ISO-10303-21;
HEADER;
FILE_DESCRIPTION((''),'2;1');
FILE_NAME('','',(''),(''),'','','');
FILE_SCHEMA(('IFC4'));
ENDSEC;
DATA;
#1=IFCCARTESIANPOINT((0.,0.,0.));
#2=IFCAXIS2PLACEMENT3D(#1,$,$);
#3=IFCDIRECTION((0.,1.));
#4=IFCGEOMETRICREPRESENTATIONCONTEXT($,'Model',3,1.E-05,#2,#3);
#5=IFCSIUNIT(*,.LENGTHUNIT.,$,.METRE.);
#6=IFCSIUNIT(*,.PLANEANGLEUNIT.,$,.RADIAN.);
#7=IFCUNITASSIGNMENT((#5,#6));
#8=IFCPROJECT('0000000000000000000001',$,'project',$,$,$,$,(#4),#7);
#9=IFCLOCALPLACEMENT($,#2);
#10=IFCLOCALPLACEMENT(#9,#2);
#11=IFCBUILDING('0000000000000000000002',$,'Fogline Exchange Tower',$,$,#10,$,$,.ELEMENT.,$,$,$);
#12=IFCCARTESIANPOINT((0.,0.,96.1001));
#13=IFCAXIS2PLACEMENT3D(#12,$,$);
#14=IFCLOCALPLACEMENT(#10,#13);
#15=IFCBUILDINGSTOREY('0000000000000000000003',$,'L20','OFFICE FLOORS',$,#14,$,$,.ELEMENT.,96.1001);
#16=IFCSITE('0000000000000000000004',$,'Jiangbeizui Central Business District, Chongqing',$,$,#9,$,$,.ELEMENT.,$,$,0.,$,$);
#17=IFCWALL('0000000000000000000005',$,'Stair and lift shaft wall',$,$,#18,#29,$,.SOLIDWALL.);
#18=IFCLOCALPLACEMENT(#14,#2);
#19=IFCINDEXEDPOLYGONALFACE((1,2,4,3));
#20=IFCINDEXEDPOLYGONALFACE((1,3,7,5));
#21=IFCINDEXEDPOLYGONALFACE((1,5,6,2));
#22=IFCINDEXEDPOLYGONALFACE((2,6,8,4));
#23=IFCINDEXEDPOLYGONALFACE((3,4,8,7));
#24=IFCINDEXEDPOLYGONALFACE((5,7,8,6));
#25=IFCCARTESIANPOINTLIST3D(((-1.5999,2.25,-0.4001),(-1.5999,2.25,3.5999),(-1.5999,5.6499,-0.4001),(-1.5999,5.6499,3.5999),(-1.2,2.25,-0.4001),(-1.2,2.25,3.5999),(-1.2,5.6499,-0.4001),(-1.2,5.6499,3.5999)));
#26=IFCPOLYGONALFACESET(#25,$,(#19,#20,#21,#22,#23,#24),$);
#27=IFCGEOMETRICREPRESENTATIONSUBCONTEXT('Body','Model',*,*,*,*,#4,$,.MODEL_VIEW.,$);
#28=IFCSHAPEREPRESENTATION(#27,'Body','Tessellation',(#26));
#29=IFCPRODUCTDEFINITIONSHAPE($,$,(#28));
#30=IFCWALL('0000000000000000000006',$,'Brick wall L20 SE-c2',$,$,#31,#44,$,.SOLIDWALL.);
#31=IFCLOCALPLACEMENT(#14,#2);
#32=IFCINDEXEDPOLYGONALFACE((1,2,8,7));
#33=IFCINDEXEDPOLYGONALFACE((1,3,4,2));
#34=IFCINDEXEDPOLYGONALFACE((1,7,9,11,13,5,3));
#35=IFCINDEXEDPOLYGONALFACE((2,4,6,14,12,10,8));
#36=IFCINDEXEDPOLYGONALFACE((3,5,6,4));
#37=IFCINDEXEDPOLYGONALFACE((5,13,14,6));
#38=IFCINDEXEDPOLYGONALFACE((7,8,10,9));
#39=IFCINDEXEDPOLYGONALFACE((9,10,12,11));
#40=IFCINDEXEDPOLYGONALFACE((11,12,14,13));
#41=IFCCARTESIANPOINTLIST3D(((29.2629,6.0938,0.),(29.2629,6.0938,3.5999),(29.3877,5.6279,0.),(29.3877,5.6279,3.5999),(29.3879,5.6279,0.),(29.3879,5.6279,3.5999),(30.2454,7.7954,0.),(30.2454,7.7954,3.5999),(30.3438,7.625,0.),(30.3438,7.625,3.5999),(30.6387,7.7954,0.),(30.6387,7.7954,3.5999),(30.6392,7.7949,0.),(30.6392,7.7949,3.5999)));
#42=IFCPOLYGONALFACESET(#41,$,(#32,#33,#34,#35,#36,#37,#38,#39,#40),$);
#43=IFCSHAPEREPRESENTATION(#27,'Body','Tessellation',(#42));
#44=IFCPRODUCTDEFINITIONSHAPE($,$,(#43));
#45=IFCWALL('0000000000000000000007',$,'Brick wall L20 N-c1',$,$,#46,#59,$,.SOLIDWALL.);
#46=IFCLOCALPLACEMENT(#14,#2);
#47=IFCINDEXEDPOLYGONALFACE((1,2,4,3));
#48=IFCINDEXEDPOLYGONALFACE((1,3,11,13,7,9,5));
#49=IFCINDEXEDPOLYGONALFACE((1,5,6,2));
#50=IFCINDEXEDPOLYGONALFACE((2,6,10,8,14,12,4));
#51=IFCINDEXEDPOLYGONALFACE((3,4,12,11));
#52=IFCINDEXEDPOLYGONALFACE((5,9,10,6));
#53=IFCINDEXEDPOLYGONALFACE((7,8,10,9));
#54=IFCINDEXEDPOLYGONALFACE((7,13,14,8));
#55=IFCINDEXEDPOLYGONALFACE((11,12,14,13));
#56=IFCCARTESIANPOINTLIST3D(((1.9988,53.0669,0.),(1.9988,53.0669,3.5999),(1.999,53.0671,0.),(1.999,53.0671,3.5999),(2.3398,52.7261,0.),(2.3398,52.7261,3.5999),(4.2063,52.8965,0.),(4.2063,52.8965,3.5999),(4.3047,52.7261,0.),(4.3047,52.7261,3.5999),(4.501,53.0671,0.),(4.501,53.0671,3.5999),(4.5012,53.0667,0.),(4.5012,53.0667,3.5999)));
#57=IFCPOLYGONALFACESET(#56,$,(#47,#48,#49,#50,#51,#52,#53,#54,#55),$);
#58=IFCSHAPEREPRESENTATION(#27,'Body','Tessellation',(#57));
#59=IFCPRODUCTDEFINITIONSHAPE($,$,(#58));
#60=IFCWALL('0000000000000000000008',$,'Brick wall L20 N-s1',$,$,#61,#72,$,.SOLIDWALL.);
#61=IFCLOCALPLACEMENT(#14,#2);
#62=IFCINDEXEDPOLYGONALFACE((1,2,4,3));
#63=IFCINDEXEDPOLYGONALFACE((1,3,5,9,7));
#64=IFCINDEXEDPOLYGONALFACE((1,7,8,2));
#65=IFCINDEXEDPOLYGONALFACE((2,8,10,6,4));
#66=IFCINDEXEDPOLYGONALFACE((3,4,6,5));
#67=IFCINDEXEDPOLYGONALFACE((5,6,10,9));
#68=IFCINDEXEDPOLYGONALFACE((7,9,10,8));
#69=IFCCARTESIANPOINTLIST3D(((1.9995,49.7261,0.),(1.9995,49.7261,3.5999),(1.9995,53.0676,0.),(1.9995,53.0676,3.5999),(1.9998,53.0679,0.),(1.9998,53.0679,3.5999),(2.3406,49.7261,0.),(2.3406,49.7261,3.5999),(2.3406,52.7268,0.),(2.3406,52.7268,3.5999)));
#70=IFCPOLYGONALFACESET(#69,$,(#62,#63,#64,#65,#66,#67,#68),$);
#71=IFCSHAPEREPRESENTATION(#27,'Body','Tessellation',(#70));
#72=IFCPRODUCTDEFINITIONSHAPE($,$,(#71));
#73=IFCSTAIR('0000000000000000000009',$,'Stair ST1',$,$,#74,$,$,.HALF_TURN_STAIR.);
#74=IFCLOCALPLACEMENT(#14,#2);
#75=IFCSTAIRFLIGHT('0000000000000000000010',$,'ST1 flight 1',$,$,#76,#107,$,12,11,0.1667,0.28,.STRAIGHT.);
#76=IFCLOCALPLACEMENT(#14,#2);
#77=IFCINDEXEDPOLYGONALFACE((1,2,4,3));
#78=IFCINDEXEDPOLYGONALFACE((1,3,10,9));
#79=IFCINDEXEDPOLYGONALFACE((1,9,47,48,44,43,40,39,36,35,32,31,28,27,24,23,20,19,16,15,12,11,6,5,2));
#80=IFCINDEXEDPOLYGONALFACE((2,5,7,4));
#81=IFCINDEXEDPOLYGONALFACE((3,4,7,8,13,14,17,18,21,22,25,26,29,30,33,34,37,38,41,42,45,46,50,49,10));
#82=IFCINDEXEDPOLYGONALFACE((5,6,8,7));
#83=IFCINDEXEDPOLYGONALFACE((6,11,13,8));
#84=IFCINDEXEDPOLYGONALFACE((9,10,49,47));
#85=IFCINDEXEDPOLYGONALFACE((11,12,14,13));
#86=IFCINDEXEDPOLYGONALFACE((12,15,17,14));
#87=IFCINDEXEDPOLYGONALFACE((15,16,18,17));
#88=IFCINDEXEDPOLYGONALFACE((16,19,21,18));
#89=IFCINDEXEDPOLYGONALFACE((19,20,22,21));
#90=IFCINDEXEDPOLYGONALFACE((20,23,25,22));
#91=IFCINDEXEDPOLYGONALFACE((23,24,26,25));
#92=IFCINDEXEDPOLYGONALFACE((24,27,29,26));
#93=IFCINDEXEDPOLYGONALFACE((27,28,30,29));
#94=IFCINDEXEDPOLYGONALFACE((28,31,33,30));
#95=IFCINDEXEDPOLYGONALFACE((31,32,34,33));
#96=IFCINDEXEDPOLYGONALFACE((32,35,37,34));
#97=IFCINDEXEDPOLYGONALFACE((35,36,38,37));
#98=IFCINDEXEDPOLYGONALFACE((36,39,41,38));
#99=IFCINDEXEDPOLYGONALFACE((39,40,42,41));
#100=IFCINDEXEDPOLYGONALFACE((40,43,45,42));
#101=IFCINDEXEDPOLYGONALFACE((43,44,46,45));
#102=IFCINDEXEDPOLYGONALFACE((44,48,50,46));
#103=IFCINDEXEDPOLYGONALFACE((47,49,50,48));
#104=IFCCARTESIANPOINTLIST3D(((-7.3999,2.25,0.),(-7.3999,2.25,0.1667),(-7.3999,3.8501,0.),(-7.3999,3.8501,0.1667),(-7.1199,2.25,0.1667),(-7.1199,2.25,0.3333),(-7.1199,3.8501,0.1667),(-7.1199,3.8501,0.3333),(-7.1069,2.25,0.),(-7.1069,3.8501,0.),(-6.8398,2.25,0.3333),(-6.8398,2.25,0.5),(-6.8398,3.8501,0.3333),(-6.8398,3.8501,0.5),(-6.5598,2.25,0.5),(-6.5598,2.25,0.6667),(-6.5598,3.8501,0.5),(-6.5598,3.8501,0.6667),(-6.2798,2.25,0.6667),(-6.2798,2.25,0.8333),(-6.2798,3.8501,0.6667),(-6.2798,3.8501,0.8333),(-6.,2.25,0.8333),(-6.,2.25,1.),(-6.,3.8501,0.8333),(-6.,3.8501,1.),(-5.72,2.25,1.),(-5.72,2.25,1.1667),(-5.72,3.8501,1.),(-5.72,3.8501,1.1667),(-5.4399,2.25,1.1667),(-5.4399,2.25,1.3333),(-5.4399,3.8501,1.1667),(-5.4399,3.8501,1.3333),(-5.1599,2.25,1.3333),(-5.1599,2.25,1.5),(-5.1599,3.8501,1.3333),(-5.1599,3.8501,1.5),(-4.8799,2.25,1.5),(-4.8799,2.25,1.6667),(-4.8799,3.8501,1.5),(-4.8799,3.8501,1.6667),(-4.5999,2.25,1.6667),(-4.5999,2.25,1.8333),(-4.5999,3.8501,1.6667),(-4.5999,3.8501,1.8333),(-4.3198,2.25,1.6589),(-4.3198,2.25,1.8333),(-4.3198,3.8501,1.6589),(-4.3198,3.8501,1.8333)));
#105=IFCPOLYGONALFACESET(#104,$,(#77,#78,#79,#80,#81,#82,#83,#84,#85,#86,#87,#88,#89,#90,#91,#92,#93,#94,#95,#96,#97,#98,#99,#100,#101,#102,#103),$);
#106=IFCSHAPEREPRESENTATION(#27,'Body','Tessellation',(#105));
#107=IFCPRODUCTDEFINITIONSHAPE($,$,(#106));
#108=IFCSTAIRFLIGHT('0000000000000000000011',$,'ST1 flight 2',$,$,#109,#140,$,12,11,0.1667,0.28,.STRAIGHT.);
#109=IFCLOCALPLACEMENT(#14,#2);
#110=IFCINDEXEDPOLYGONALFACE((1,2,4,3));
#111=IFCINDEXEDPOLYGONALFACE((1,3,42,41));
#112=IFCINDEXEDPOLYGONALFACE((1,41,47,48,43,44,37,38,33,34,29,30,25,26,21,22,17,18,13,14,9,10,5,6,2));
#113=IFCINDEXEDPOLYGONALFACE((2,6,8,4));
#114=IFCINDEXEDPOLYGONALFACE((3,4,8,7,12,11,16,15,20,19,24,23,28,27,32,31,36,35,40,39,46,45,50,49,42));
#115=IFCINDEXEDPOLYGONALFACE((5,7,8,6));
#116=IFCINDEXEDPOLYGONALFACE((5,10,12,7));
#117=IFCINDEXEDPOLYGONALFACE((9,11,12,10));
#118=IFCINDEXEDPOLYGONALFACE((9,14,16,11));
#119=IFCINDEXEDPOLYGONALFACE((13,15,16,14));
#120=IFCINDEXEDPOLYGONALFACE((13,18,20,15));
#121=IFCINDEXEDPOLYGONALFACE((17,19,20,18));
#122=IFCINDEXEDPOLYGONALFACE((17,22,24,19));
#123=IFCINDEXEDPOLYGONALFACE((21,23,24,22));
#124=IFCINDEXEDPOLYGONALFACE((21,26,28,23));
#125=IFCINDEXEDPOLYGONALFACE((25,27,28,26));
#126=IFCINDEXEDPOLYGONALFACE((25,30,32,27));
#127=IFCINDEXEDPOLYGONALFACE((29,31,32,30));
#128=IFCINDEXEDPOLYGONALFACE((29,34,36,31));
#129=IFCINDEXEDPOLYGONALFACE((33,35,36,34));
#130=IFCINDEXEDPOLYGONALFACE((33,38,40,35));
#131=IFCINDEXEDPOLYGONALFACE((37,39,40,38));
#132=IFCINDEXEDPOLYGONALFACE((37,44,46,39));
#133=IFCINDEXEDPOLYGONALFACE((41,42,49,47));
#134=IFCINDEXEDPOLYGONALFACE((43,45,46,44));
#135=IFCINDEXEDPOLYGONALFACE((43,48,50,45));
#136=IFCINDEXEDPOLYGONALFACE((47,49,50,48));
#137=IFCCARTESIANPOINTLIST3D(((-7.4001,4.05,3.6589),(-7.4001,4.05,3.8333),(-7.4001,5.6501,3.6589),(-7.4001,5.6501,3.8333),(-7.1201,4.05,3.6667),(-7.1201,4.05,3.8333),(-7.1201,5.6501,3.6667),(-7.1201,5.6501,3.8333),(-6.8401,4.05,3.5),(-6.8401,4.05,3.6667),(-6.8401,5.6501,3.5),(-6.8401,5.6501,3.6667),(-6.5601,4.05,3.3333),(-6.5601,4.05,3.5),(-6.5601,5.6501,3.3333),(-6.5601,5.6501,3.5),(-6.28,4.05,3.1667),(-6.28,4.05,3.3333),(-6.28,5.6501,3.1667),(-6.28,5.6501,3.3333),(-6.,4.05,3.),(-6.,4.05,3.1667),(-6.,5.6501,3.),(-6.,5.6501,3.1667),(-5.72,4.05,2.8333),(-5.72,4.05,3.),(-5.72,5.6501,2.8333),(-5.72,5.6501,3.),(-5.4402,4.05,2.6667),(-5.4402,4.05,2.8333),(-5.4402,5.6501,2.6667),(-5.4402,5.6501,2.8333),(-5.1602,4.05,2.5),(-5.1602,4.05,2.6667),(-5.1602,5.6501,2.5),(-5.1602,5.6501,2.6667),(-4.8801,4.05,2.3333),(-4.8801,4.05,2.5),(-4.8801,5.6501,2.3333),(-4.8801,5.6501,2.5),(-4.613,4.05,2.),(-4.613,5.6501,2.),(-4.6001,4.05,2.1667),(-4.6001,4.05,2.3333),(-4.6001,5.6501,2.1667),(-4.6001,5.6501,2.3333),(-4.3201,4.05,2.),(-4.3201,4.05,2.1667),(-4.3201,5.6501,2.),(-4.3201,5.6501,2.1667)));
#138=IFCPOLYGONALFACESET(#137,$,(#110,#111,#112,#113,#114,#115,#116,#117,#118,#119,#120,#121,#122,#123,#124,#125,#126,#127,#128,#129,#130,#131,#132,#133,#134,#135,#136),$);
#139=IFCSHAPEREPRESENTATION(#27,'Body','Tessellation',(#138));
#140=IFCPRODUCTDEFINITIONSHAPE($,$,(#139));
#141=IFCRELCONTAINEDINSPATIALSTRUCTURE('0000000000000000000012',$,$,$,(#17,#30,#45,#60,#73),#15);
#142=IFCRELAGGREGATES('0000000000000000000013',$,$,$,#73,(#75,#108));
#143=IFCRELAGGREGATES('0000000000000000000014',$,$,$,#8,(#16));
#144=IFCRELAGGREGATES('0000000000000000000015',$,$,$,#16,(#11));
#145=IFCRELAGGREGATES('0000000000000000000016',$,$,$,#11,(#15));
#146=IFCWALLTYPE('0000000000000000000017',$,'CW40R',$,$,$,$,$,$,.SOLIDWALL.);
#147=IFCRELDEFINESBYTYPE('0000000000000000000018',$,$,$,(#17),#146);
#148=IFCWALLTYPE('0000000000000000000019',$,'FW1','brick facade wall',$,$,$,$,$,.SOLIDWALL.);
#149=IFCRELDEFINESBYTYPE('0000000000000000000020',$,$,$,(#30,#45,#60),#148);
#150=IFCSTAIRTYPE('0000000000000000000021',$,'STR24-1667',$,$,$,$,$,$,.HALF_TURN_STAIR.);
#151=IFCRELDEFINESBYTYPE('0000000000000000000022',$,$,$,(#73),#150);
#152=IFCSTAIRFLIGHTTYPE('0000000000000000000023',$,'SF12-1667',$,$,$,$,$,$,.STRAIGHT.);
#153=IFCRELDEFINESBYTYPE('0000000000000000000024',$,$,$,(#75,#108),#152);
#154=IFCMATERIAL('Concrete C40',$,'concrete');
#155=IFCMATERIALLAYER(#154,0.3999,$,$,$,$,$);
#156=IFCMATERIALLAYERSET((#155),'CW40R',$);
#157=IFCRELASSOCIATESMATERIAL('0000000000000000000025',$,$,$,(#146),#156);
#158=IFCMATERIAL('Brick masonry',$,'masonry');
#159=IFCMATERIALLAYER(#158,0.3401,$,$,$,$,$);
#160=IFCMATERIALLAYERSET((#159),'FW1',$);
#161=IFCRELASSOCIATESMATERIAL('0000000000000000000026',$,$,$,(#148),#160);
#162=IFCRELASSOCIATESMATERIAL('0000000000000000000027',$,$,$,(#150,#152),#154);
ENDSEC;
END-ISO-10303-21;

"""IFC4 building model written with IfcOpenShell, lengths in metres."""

from ifc_helpers import new_model, si_unit, direction, frame, frame_2d, origin, place, context, subcontext, project, spatial, polyline, rectangle, outline, extrude, material, layer, layer_set, type_object, element, aggregate, save


model = new_model("IFC4")

# Units and contexts
model_context = context("Model", 3, precision=1e-05, world=origin(), true_north=direction((0.0, 1.0)))
body_context = subcontext(model_context, "Body", "Model", "MODEL_VIEW")
ifc_project = project(units=[si_unit("LENGTHUNIT", "METRE"), si_unit("PLANEANGLEUNIT", "RADIAN")], contexts=[model_context])

# Site, building, storey
site_placement = place(None, origin())
site = spatial("IfcSite", under=ifc_project, at=site_placement, Name="Jiangbeizui Central Business District, Chongqing", CompositionType="ELEMENT", RefElevation=0.0)
building_placement = place(site_placement, origin())
building = spatial("IfcBuilding", under=site, at=building_placement, Name="Fogline Exchange Tower", CompositionType="ELEMENT")
storey_placement = place(building_placement, frame((0.0, 0.0, 96.1001)))
storey = spatial("IfcBuildingStorey", under=building, at=storey_placement, Name="L20", Description="OFFICE FLOORS", CompositionType="ELEMENT", Elevation=96.1001)

# Shared definitions
ifc_material_1 = material(Name="Concrete C40", Category="concrete")

# Walls
ifc_layer_1 = layer(ifc_material_1, 0.3999)
ifc_layer_set_1 = layer_set([ifc_layer_1], Name="CW40R")
wall_type_1 = type_object("IfcWallType", Name="CW40R", PredefinedType="SOLIDWALL", material=ifc_layer_set_1)
wall_1_placement = place(storey_placement, frame((-1.3999, 2.25, -0.4001), z_axis=(0.0, 0.0, 1.0), x_axis=(0.0, 1.0, 0.0)))
element("IfcWall", 1, at=wall_1_placement, inside=storey, type_object=wall_type_1, Name="Stair and lift shaft wall", PredefinedType="SOLIDWALL", context=body_context, shape_type="SweptSolid", body=[
    extrude(rectangle(XDim=3.3999, YDim=0.3999, at=frame_2d((1.7, 0.0))), origin(), (0.0, 0.0, 1.0), 4.0),
])
ifc_material_2 = material(Name="Brick masonry", Category="masonry")
ifc_layer_2 = layer(ifc_material_2, 0.3401)
ifc_layer_set_2 = layer_set([ifc_layer_2], Name="FW1")
wall_type_2 = type_object("IfcWallType", Name="FW1", Description="brick facade wall", PredefinedType="SOLIDWALL", material=ifc_layer_set_2)
wall_2_placement = place(storey_placement, origin())
element("IfcWall", 2, at=wall_2_placement, inside=storey, type_object=wall_type_2, Name="Brick wall L20 SE-c2", PredefinedType="SOLIDWALL", context=body_context, shape_type="SweptSolid", body=[
    extrude(outline(polyline([(30.2454, 7.7954), (30.3438, 7.625), (30.6387, 7.7954), (30.6392, 7.7949), (29.3879, 5.6279), (29.3877, 5.6279), (29.2629, 6.0938), (30.2454, 7.7954)])), origin(), (0.0, 0.0, 1.0), 3.5999),
])
wall_3_placement = place(storey_placement, origin())
element("IfcWall", 3, at=wall_3_placement, inside=storey, type_object=wall_type_2, Name="Brick wall L20 N-c1", PredefinedType="SOLIDWALL", context=body_context, shape_type="SweptSolid", body=[
    extrude(outline(polyline([(1.999, 53.0671), (4.501, 53.0671), (4.5012, 53.0667), (4.2063, 52.8965), (4.3047, 52.7261), (2.3398, 52.7261), (1.9988, 53.0669), (1.999, 53.0671)])), origin(), (0.0, 0.0, 1.0), 3.5999),
])
wall_4_placement = place(storey_placement, origin())
element("IfcWall", 4, at=wall_4_placement, inside=storey, type_object=wall_type_2, Name="Brick wall L20 N-s1", PredefinedType="SOLIDWALL", context=body_context, shape_type="SweptSolid", body=[
    extrude(outline(polyline([(2.3406, 49.7261), (1.9995, 49.7261), (1.9995, 53.0676), (1.9998, 53.0679), (2.3406, 52.7268), (2.3406, 49.7261)])), origin(), (0.0, 0.0, 1.0), 3.5999),
])

# Stair, stair flights
stair_type = type_object("IfcStairType", Name="STR24-1667", PredefinedType="HALF_TURN_STAIR", material=ifc_material_1)
stair_placement = place(storey_placement, origin())
stair = element("IfcStair", 5, at=stair_placement, inside=storey, type_object=stair_type, Name="Stair ST1", PredefinedType="HALF_TURN_STAIR")
stair_flight_type = type_object("IfcStairFlightType", Name="SF12-1667", PredefinedType="STRAIGHT", material=ifc_material_1)
stair_flight_1_placement = place(storey_placement, frame((-7.3999, 3.05, 0.0), z_axis=(0.0, 0.0, 1.0), x_axis=(1.0, 0.0, 0.0)))
stair_flight_1 = element("IfcStairFlight", 6, at=stair_flight_1_placement, type_object=stair_flight_type, Name="ST1 flight 1", NumberOfRisers=12, NumberOfTreads=11, PredefinedType="STRAIGHT", RiserHeight=0.1667, TreadLength=0.28, context=body_context, shape_type="SweptSolid", body=[
    extrude(outline(polyline([(0.0, 0.0), (0.0, 0.1667), (0.28, 0.1667), (0.28, 0.3333), (0.5601, 0.3333), (0.5601, 0.5), (0.8401, 0.5), (0.8401, 0.6667), (1.1201, 0.6667), (1.1201, 0.8333), (1.3999, 0.8333), (1.3999, 1.0), (1.6799, 1.0), (1.6799, 1.1667), (1.96, 1.1667), (1.96, 1.3333), (2.24, 1.3333), (2.24, 1.5), (2.52, 1.5), (2.52, 1.6667), (2.8, 1.6667), (2.8, 1.8333), (3.0801, 1.8333), (3.0801, 2.0), (3.0801, 1.6589), (0.293, 0.0), (0.0, 0.0)])), frame((0.0, 0.8, 0.0), z_axis=(0.0, -1.0, 0.0), x_axis=(1.0, 0.0, 0.0)), (0.0, 0.0, 1.0), 1.6001),
])
stair_flight_2_placement = place(storey_placement, frame((-4.3201, 4.8501, 2.0), z_axis=(0.0, 0.0, 1.0), x_axis=(-1.0, 0.0, 0.0)))
stair_flight_2 = element("IfcStairFlight", 7, at=stair_flight_2_placement, type_object=stair_flight_type, Name="ST1 flight 2", NumberOfRisers=12, NumberOfTreads=11, PredefinedType="STRAIGHT", RiserHeight=0.1667, TreadLength=0.28, context=body_context, shape_type="SweptSolid", body=[
    extrude(outline(polyline([(0.0, 0.0), (0.0, 0.1667), (0.28, 0.1667), (0.28, 0.3333), (0.5601, 0.3333), (0.5601, 0.5), (0.8401, 0.5), (0.8401, 0.6667), (1.1201, 0.6667), (1.1201, 0.8333), (1.3999, 0.8333), (1.3999, 1.0), (1.6799, 1.0), (1.6799, 1.1667), (1.96, 1.1667), (1.96, 1.3333), (2.24, 1.3333), (2.24, 1.5), (2.52, 1.5), (2.52, 1.6667), (2.8, 1.6667), (2.8, 1.8333), (3.0801, 1.8333), (3.0801, 2.0), (3.0801, 1.6589), (0.293, 0.0), (0.0, 0.0)])), frame((0.0, 0.8, 0.0), z_axis=(0.0, -1.0, 0.0), x_axis=(1.0, 0.0, 0.0)), (0.0, 0.0, 1.0), 1.6001),
])
aggregate(stair, [stair_flight_1, stair_flight_2])

save(model, "model.ifc")
